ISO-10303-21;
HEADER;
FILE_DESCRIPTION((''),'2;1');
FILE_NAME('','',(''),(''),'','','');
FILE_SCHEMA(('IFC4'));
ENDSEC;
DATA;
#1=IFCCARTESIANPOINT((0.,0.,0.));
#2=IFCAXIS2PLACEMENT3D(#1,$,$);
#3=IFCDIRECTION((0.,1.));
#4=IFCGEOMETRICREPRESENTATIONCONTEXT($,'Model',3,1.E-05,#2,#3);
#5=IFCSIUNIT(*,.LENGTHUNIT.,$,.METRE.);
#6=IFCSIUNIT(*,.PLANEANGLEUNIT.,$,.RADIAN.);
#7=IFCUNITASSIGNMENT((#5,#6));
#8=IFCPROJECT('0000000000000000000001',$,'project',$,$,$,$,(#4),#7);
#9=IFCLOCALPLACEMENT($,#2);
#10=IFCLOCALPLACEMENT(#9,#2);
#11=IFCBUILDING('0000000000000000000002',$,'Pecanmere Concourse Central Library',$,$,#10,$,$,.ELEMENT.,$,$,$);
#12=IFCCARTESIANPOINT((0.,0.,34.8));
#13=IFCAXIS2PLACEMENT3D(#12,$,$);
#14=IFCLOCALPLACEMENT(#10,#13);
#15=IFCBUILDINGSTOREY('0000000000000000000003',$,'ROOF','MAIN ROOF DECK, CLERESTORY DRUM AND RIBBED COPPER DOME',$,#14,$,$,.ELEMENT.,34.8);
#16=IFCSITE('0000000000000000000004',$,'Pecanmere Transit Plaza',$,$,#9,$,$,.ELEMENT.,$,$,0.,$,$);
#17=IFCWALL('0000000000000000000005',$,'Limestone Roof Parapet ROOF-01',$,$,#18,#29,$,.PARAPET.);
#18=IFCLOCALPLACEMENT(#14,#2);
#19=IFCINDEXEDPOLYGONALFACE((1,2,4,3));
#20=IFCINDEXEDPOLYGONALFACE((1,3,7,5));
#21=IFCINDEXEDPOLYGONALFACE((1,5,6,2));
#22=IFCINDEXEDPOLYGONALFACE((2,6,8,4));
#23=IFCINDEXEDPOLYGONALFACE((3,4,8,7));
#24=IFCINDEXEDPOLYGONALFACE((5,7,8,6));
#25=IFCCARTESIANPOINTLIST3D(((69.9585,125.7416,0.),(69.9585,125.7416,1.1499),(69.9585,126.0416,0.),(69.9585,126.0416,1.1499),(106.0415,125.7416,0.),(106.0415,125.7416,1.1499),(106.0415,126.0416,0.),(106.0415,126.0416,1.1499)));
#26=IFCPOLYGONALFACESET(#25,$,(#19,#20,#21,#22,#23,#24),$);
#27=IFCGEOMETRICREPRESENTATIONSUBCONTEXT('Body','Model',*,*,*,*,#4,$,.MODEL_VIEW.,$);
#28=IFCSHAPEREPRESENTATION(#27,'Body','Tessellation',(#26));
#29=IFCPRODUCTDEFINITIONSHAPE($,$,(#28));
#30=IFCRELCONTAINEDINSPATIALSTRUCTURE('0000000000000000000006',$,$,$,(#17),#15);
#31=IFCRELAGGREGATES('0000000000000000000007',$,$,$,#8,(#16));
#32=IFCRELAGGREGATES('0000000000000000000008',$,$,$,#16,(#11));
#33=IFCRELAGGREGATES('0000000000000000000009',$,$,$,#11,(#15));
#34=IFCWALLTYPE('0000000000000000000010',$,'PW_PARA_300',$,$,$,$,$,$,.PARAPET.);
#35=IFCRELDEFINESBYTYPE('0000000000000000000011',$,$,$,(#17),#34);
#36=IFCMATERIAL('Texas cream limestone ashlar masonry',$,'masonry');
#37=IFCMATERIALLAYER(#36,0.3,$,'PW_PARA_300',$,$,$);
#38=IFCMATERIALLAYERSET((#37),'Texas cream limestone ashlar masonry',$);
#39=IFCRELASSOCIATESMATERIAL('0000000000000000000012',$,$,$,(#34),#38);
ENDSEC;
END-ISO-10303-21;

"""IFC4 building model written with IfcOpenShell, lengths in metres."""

from ifc_helpers import new_model, si_unit, direction, frame, frame_2d, origin, place, context, subcontext, project, spatial, rectangle, extrude, material, layer, layer_set, type_object, element, save


model = new_model("IFC4")

# Units and contexts
model_context = context("Model", 3, precision=1e-05, world=origin(), true_north=direction((0.0, 1.0)))
body_context = subcontext(model_context, "Body", "Model", "MODEL_VIEW")
ifc_project = project(units=[si_unit("LENGTHUNIT", "METRE"), si_unit("PLANEANGLEUNIT", "RADIAN")], contexts=[model_context])

# Site, building, storey
site_placement = place(None, origin())
site = spatial("IfcSite", under=ifc_project, at=site_placement, Name="Pecanmere Transit Plaza", CompositionType="ELEMENT", RefElevation=0.0)
building_placement = place(site_placement, origin())
building = spatial("IfcBuilding", under=site, at=building_placement, Name="Pecanmere Concourse Central Library", CompositionType="ELEMENT")
storey_placement = place(building_placement, frame((0.0, 0.0, 34.8)))
storey = spatial("IfcBuildingStorey", under=building, at=storey_placement, Name="ROOF", Description="MAIN ROOF DECK, CLERESTORY DRUM AND RIBBED COPPER DOME", CompositionType="ELEMENT", Elevation=34.8)

# Wall
ifc_material_1 = material(Name="Texas cream limestone ashlar masonry", Category="masonry")
ifc_layer_1 = layer(ifc_material_1, 0.3, Name="PW_PARA_300")
ifc_layer_set_1 = layer_set([ifc_layer_1], Name="Texas cream limestone ashlar masonry")
wall_type = type_object("IfcWallType", Name="PW_PARA_300", PredefinedType="PARAPET", material=ifc_layer_set_1)
wall_placement = place(storey_placement, frame((69.9585, 125.8916, 0.0), z_axis=(0.0, 0.0, 1.0), x_axis=(1.0, 0.0, 0.0)))
element("IfcWall", 1, at=wall_placement, inside=storey, type_object=wall_type, Name="Limestone Roof Parapet ROOF-01", PredefinedType="PARAPET", context=body_context, shape_type="SweptSolid", body=[
    extrude(rectangle(XDim=36.083, YDim=0.3, at=frame_2d((18.0415, 0.0))), origin(), (0.0, 0.0, 1.0), 1.1499),
])

save(model, "model.ifc")
